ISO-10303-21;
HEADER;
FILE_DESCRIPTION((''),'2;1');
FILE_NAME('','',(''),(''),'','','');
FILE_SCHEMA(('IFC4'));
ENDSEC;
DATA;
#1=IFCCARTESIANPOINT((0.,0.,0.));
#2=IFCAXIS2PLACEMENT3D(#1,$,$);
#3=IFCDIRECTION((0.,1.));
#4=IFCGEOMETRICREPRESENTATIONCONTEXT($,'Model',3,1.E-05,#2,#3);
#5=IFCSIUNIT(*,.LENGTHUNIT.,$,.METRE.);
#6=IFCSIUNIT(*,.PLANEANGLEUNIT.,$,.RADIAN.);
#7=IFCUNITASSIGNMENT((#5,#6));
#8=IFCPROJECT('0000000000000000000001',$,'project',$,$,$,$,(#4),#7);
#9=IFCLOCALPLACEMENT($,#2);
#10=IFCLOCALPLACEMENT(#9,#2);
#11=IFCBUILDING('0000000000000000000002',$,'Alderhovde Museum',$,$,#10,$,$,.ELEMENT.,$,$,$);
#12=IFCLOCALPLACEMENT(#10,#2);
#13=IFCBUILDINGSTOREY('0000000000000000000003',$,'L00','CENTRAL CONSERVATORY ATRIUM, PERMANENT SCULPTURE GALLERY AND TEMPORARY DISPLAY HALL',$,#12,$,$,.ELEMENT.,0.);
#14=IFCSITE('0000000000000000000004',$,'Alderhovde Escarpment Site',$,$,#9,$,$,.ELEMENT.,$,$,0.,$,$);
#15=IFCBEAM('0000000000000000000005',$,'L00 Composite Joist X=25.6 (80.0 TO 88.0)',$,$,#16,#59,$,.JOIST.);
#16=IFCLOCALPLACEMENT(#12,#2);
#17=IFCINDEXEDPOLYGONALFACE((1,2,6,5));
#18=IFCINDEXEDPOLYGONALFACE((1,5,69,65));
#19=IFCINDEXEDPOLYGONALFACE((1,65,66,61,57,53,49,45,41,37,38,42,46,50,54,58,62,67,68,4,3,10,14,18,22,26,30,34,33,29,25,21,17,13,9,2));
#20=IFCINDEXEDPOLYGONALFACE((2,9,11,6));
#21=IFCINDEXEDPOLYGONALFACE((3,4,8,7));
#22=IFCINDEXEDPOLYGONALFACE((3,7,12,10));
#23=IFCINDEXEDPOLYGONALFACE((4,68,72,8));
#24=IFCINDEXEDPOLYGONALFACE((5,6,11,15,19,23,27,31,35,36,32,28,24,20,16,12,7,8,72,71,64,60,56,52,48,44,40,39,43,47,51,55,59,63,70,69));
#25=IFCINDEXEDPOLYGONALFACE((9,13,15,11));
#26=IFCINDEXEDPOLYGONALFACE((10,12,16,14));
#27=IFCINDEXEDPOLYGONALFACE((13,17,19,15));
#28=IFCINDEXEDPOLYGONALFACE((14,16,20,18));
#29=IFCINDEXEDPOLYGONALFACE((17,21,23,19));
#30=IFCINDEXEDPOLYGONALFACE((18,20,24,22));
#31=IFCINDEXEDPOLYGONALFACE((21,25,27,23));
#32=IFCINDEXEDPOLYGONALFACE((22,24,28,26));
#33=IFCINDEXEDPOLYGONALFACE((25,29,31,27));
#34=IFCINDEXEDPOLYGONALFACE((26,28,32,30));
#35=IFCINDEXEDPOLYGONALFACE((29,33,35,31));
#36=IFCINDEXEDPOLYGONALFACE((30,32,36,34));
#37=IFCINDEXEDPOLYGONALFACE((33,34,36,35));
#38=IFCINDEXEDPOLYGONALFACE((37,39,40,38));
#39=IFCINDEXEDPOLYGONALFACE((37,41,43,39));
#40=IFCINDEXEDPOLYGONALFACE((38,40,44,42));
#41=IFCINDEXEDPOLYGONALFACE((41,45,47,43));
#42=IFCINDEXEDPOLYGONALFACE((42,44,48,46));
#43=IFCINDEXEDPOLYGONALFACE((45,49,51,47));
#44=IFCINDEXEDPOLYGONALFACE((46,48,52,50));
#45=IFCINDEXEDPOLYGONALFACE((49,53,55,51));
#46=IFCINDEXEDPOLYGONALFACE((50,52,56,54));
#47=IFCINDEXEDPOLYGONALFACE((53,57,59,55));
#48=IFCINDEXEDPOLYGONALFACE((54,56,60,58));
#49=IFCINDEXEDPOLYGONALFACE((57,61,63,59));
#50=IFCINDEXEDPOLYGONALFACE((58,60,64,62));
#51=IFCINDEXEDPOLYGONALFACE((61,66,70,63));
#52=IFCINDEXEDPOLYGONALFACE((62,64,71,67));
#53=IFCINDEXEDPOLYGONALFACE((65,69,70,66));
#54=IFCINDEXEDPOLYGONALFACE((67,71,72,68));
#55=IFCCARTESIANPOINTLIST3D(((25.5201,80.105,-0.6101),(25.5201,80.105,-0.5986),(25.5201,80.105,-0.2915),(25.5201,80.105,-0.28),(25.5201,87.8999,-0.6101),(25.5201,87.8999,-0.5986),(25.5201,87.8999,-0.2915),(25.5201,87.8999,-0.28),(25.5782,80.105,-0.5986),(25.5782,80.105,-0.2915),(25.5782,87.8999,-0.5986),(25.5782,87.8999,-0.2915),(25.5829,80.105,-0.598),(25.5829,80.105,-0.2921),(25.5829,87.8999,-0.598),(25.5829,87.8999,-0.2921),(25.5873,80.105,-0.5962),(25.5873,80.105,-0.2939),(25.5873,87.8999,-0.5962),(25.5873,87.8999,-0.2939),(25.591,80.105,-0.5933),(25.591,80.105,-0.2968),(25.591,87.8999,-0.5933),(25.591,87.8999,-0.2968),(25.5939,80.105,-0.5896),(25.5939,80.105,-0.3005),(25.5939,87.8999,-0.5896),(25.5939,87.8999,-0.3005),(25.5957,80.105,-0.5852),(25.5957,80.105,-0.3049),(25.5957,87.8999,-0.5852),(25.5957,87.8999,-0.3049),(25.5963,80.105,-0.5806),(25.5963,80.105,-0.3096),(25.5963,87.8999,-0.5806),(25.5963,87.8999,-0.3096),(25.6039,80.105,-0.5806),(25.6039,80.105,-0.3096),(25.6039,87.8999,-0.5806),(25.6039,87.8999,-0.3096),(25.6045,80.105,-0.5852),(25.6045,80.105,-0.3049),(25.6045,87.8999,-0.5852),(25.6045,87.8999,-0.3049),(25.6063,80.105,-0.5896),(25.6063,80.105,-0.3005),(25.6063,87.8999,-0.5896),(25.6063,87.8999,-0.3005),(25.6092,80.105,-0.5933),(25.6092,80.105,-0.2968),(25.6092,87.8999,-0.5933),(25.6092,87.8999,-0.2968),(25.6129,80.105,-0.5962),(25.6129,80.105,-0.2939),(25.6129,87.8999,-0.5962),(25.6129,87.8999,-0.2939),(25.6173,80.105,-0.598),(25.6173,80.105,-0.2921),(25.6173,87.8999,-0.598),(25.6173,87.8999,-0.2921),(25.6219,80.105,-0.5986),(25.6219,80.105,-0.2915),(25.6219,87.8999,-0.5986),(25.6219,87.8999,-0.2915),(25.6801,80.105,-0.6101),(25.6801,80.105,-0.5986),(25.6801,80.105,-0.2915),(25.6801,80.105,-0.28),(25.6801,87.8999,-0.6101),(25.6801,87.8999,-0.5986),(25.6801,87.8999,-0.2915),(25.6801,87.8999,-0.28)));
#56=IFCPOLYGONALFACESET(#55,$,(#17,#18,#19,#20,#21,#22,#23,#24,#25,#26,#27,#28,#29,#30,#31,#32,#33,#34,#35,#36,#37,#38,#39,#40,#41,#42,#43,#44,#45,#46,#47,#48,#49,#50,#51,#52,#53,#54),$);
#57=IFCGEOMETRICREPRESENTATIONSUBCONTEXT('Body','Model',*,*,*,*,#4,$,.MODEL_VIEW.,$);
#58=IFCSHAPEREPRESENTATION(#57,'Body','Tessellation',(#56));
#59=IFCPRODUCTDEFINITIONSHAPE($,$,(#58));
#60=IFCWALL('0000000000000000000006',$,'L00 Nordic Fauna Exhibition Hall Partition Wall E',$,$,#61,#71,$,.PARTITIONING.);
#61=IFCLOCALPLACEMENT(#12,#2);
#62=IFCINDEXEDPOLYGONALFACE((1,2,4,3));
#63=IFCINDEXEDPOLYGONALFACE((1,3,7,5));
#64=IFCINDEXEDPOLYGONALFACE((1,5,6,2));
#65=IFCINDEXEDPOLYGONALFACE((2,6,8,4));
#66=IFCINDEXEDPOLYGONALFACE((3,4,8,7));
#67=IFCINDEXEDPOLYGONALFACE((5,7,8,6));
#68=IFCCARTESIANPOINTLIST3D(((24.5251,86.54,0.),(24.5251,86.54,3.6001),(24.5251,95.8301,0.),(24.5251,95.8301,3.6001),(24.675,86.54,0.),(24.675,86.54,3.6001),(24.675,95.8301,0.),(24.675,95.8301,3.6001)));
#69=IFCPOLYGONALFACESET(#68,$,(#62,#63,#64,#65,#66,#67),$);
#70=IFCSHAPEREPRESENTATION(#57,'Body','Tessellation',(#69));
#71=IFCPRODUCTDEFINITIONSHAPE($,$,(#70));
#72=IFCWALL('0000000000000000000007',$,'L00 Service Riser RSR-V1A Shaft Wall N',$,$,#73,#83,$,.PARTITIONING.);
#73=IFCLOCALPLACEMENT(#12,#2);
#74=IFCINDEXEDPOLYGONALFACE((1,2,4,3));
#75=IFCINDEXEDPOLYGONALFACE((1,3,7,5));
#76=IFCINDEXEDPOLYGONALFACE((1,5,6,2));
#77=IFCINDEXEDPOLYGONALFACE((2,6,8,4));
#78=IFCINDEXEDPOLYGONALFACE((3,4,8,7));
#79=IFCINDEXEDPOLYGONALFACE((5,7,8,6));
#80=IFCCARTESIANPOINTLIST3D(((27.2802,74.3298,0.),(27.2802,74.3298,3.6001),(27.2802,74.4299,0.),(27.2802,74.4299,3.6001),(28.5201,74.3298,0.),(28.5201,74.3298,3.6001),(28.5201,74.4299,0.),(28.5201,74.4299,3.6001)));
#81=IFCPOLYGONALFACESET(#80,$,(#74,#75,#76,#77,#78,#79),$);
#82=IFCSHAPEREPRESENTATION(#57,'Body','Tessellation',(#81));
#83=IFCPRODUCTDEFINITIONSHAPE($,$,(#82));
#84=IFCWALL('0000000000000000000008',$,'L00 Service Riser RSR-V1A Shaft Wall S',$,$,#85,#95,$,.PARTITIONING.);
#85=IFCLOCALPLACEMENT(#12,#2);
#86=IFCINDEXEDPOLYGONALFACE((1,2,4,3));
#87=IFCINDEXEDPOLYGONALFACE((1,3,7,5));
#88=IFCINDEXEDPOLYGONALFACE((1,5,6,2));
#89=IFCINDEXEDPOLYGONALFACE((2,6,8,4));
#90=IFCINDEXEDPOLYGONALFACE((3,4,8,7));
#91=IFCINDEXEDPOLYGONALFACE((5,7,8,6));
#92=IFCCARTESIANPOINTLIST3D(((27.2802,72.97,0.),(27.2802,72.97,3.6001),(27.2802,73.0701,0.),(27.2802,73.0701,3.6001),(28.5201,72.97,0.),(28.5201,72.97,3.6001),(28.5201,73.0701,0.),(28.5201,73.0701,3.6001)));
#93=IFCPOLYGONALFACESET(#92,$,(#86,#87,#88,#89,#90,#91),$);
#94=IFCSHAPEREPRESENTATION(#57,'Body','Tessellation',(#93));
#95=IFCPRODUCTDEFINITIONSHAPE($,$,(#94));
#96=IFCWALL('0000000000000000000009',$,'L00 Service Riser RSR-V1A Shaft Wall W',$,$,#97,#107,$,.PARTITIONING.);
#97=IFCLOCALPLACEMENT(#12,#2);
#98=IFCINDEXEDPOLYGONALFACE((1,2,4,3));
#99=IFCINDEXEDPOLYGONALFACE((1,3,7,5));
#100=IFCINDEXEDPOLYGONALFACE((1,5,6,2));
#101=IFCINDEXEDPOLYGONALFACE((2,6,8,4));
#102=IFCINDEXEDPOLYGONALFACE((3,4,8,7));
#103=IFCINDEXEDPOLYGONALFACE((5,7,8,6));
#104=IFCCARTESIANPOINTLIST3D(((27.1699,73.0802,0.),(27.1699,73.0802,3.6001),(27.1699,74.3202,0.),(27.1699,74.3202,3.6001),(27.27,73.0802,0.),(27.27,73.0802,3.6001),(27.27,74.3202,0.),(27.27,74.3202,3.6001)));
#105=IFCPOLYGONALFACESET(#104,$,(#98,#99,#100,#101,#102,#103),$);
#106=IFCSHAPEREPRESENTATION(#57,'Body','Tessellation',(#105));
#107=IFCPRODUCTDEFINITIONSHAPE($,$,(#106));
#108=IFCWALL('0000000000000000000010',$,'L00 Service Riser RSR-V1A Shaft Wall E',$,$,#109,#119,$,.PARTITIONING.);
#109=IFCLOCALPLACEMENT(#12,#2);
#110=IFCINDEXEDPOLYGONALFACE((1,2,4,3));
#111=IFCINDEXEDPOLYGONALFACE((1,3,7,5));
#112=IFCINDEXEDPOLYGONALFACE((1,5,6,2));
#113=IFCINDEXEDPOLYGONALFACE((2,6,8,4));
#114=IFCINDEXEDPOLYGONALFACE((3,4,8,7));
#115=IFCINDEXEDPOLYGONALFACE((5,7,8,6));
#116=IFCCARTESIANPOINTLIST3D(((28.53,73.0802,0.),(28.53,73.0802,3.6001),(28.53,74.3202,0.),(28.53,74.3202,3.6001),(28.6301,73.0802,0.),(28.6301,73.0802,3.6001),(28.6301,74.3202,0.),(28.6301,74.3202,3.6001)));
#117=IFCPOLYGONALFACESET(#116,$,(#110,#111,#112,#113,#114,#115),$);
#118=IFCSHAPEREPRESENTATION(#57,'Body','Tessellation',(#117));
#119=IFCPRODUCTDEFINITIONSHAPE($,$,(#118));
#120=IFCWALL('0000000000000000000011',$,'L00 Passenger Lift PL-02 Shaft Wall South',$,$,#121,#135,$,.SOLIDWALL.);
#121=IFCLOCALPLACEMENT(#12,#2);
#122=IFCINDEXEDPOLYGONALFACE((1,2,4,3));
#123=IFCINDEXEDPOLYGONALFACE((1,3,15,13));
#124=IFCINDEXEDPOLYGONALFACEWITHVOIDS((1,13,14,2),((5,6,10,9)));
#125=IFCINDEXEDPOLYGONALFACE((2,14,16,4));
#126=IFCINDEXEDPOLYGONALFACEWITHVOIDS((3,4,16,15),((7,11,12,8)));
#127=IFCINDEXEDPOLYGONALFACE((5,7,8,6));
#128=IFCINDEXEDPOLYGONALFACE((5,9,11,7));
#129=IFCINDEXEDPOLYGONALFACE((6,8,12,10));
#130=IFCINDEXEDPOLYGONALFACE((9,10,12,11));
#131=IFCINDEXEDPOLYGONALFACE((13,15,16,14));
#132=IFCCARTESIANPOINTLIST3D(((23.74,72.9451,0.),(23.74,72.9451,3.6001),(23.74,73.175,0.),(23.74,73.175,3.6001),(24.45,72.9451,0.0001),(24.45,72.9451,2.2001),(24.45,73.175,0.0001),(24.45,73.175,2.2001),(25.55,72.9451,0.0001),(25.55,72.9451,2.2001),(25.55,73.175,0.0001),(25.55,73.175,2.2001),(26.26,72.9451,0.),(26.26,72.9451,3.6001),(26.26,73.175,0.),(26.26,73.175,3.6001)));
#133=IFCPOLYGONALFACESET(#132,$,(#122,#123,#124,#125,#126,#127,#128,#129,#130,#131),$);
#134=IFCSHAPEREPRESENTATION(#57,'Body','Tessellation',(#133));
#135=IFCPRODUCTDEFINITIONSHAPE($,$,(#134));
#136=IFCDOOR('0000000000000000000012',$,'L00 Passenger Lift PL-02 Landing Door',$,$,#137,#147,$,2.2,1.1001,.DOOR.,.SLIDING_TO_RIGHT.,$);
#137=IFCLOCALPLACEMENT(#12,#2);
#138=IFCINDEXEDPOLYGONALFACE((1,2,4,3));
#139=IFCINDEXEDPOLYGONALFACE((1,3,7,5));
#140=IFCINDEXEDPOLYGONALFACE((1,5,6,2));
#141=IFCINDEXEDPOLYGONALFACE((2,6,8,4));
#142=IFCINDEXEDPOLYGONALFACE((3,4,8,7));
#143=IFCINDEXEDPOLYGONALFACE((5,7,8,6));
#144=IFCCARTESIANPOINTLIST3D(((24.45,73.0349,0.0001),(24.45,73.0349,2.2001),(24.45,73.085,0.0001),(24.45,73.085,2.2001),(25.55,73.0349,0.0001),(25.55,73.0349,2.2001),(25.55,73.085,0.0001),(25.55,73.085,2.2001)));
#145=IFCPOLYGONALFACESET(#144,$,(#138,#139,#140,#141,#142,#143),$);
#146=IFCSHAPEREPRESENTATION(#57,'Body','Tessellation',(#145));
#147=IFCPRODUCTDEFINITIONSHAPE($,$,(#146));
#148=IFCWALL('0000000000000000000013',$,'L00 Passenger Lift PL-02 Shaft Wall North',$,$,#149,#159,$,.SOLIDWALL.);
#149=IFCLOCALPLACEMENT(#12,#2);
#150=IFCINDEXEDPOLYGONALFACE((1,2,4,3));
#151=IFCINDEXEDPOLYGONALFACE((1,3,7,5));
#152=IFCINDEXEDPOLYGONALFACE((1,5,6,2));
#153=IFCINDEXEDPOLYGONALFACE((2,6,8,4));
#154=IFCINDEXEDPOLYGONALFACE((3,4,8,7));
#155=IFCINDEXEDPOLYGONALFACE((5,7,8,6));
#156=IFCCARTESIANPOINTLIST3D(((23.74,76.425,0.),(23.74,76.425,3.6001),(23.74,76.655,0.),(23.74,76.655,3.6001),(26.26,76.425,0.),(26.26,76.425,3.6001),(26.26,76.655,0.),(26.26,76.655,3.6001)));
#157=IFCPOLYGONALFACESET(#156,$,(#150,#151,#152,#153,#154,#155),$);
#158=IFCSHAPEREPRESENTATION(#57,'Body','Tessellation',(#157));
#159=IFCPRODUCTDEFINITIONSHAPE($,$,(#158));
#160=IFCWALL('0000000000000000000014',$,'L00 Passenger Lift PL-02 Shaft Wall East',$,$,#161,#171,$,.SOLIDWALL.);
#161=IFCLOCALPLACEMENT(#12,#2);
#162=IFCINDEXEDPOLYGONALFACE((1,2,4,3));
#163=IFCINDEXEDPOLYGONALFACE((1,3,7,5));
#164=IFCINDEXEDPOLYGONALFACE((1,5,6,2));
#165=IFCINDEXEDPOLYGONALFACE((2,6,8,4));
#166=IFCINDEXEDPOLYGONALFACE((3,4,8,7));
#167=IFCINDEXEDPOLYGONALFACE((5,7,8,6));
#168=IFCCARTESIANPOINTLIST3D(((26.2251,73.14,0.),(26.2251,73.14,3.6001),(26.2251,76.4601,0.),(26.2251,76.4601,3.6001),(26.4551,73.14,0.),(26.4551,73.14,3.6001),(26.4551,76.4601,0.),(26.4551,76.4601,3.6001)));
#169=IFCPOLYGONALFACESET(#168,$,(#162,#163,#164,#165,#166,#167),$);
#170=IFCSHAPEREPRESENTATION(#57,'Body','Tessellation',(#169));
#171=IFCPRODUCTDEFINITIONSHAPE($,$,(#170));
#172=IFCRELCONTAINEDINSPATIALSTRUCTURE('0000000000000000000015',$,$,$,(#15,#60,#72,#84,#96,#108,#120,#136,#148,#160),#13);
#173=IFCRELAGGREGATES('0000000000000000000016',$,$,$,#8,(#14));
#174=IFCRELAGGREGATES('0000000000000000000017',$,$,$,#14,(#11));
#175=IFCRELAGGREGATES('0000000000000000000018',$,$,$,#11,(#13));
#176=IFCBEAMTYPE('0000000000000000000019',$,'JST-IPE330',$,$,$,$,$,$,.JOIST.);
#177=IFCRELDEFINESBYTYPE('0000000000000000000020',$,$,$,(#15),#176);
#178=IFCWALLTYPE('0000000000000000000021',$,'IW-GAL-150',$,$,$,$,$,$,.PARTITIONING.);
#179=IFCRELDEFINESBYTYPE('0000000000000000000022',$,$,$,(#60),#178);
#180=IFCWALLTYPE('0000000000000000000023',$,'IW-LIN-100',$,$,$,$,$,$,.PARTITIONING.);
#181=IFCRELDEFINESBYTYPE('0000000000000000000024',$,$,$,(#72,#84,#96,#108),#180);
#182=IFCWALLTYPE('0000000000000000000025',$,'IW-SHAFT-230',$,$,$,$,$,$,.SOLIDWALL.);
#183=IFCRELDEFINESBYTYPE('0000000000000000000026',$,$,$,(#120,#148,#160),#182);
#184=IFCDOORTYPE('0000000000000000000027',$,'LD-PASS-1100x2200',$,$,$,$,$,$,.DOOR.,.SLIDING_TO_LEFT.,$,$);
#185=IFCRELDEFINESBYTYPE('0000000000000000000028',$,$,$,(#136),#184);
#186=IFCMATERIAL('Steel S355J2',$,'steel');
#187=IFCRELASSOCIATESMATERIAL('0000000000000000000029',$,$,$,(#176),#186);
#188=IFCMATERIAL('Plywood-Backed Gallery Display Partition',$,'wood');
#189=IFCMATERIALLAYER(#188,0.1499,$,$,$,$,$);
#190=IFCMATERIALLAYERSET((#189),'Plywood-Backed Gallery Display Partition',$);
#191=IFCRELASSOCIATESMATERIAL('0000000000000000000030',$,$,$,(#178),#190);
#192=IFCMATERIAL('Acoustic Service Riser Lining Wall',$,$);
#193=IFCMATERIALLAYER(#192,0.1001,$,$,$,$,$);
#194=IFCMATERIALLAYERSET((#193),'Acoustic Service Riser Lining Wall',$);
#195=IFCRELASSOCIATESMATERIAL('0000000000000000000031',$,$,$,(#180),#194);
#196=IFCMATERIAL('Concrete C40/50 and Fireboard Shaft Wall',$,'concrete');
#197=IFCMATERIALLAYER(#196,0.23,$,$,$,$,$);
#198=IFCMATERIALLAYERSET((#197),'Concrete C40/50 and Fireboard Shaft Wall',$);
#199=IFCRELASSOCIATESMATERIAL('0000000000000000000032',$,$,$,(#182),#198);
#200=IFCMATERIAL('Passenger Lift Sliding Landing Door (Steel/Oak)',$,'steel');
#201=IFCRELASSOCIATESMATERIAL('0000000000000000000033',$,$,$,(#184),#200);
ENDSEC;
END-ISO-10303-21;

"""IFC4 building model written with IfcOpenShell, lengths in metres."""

from ifc_helpers import new_model, si_unit, direction, frame, frame_2d, origin, origin_2d, place, context, subcontext, project, spatial, rectangle, i_section, extrude, material, layer, layer_set, material_profile, profile_set, type_object, element, fill, save


model = new_model("IFC4")

# Units and contexts
model_context = context("Model", 3, precision=1e-05, world=origin(), true_north=direction((0.0, 1.0)))
body_context = subcontext(model_context, "Body", "Model", "MODEL_VIEW")
ifc_project = project(units=[si_unit("LENGTHUNIT", "METRE"), si_unit("PLANEANGLEUNIT", "RADIAN")], contexts=[model_context])

# Site, building, storey
site_placement = place(None, origin())
site = spatial("IfcSite", under=ifc_project, at=site_placement, Name="Alderhovde Escarpment Site", CompositionType="ELEMENT", RefElevation=0.0)
building_placement = place(site_placement, origin())
building = spatial("IfcBuilding", under=site, at=building_placement, Name="Alderhovde Museum", CompositionType="ELEMENT")
storey_placement = place(building_placement, origin())
storey = spatial("IfcBuildingStorey", under=building, at=storey_placement, Name="L00", Description="CENTRAL CONSERVATORY ATRIUM, PERMANENT SCULPTURE GALLERY AND TEMPORARY DISPLAY HALL", CompositionType="ELEMENT", Elevation=0.0)

# Beam
ifc_material_1 = material(Name="Steel S355J2", Category="steel")
ifc_material_profile_1 = material_profile(ifc_material_1, i_section(OverallWidth=0.1599, OverallDepth=0.3301, WebThickness=0.0076, FlangeThickness=0.0115, FilletRadius=0.0181, at=origin_2d()), Name="IPE 330")
ifc_profile_set_1 = profile_set([ifc_material_profile_1], Name="Steel S355J2")
beam_type_1 = type_object("IfcBeamType", Name="JST-IPE330", PredefinedType="JOIST", material=ifc_profile_set_1)
beam_1_placement = place(storey_placement, frame((25.6001, 80.105, -0.4451), z_axis=(0.0, 1.0, 0.0), x_axis=(-1.0, 0.0, 0.0)))
element("IfcBeam", 1, at=beam_1_placement, inside=storey, type_object=beam_type_1, Name="L00 Composite Joist X=25.6 (80.0 TO 88.0)", PredefinedType="JOIST", context=body_context, shape_type="SweptSolid", body=[
    extrude(i_section(OverallWidth=0.1599, OverallDepth=0.3301, WebThickness=0.0076, FlangeThickness=0.0115, FilletRadius=0.0181, at=origin_2d()), origin(), (0.0, 0.0, 1.0), 7.7949),
])

# Walls
ifc_material_2 = material(Name="Plywood-Backed Gallery Display Partition", Category="wood")
ifc_layer_1 = layer(ifc_material_2, 0.1499)
ifc_layer_set_1 = layer_set([ifc_layer_1], Name="Plywood-Backed Gallery Display Partition")
wall_type_1 = type_object("IfcWallType", Name="IW-GAL-150", PredefinedType="PARTITIONING", material=ifc_layer_set_1)
wall_1_placement = place(storey_placement, frame((24.6001, 86.54, 0.0), z_axis=(0.0, 0.0, 1.0), x_axis=(0.0, 1.0, 0.0)))
element("IfcWall", 2, at=wall_1_placement, inside=storey, type_object=wall_type_1, Name="L00 Nordic Fauna Exhibition Hall Partition Wall E", PredefinedType="PARTITIONING", context=body_context, shape_type="SweptSolid", body=[
    extrude(rectangle(XDim=9.29, YDim=0.1499, at=frame_2d((4.645, 0.0))), origin(), (0.0, 0.0, 1.0), 3.6001),
])
ifc_material_3 = material(Name="Acoustic Service Riser Lining Wall")
ifc_layer_2 = layer(ifc_material_3, 0.1001)
ifc_layer_set_2 = layer_set([ifc_layer_2], Name="Acoustic Service Riser Lining Wall")
wall_type_2 = type_object("IfcWallType", Name="IW-LIN-100", PredefinedType="PARTITIONING", material=ifc_layer_set_2)
for number, where, z_axis, x_axis, name in (
    (3, (27.28, 74.3799, 0.0), (0.0, 0.0, 1.0), (1.0, 0.0, 0.0), "L00 Service Riser RSR-V1A Shaft Wall N"),
    (4, (27.28, 73.02, 0.0), (0.0, 0.0, 1.0), (1.0, 0.0, 0.0), "L00 Service Riser RSR-V1A Shaft Wall S"),
    (5, (27.22, 73.0801, 0.0), (0.0, 0.0, 1.0), (0.0, 1.0, 0.0), "L00 Service Riser RSR-V1A Shaft Wall W"),
    (6, (28.5801, 73.0801, 0.0), (0.0, 0.0, 1.0), (0.0, 1.0, 0.0), "L00 Service Riser RSR-V1A Shaft Wall E"),
):
    element("IfcWall", number, at=place(storey_placement, frame(where, z_axis=z_axis, x_axis=x_axis)), inside=storey, type_object=wall_type_2, Name=name, PredefinedType="PARTITIONING", context=body_context, shape_type="SweptSolid", body=[
        extrude(rectangle(XDim=1.24, YDim=0.1001, at=frame_2d((0.6201, 0.0))), origin(), (0.0, 0.0, 1.0), 3.6001),
    ])

# Wall, opening, door
ifc_material_4 = material(Name="Concrete C40/50 and Fireboard Shaft Wall", Category="concrete")
ifc_layer_3 = layer(ifc_material_4, 0.23)
ifc_layer_set_3 = layer_set([ifc_layer_3], Name="Concrete C40/50 and Fireboard Shaft Wall")
wall_type_3 = type_object("IfcWallType", Name="IW-SHAFT-230", PredefinedType="SOLIDWALL", material=ifc_layer_set_3)
wall_2_placement = place(storey_placement, frame((23.74, 73.0601, 0.0), z_axis=(0.0, 0.0, 1.0), x_axis=(1.0, 0.0, 0.0)))
wall_2 = element("IfcWall", 7, at=wall_2_placement, inside=storey, type_object=wall_type_3, Name="L00 Passenger Lift PL-02 Shaft Wall South", PredefinedType="SOLIDWALL", context=body_context, shape_type="SweptSolid", body=[
    extrude(rectangle(XDim=2.52, YDim=0.23, at=frame_2d((1.26, 0.0))), origin(), (0.0, 0.0, 1.0), 3.6001),
])
opening_1_placement = place(wall_2_placement, frame((0.71, 0.0, 0.0)))
opening_1 = element("IfcOpeningElement", 8, at=opening_1_placement, cuts=wall_2, PredefinedType="OPENING", context=body_context, shape_type="SweptSolid", body=[
    extrude(rectangle(XDim=1.1001, YDim=2.2, at=frame_2d((0.55, 1.1001))), frame((0.0, 0.125, 0.0), z_axis=(0.0, -1.0, 0.0), x_axis=(1.0, 0.0, 0.0)), (0.0, 0.0, 1.0), 0.25),
])
ifc_material_5 = material(Name="Passenger Lift Sliding Landing Door (Steel/Oak)", Category="steel")
door_type_1 = type_object("IfcDoorType", Name="LD-PASS-1100x2200", OperationType="SLIDING_TO_LEFT", PredefinedType="DOOR", material=ifc_material_5)
door_1_placement = place(opening_1_placement, origin())
door_1 = element("IfcDoor", 9, at=door_1_placement, inside=storey, type_object=door_type_1, Name="L00 Passenger Lift PL-02 Landing Door", OperationType="SLIDING_TO_RIGHT", OverallHeight=2.2, OverallWidth=1.1001, PredefinedType="DOOR", context=body_context, shape_type="SweptSolid", body=[
    extrude(rectangle(XDim=1.1001, YDim=2.2, at=frame_2d((0.55, 1.1001))), frame((0.0, 0.0249, 0.0), z_axis=(0.0, -1.0, 0.0), x_axis=(1.0, 0.0, 0.0)), (0.0, 0.0, 1.0), 0.05),
])
fill(opening_1, door_1)

# Walls
wall_3_placement = place(storey_placement, frame((23.74, 76.54, 0.0), z_axis=(0.0, 0.0, 1.0), x_axis=(1.0, 0.0, 0.0)))
element("IfcWall", 10, at=wall_3_placement, inside=storey, type_object=wall_type_3, Name="L00 Passenger Lift PL-02 Shaft Wall North", PredefinedType="SOLIDWALL", context=body_context, shape_type="SweptSolid", body=[
    extrude(rectangle(XDim=2.52, YDim=0.23, at=frame_2d((1.26, 0.0))), origin(), (0.0, 0.0, 1.0), 3.6001),
])
wall_4_placement = place(storey_placement, frame((26.3401, 73.1399, 0.0), z_axis=(0.0, 0.0, 1.0), x_axis=(0.0, 1.0, 0.0)))
element("IfcWall", 11, at=wall_4_placement, inside=storey, type_object=wall_type_3, Name="L00 Passenger Lift PL-02 Shaft Wall East", PredefinedType="SOLIDWALL", context=body_context, shape_type="SweptSolid", body=[
    extrude(rectangle(XDim=3.3201, YDim=0.23, at=frame_2d((1.6602, 0.0))), origin(), (0.0, 0.0, 1.0), 3.6001),
])

save(model, "model.ifc")
